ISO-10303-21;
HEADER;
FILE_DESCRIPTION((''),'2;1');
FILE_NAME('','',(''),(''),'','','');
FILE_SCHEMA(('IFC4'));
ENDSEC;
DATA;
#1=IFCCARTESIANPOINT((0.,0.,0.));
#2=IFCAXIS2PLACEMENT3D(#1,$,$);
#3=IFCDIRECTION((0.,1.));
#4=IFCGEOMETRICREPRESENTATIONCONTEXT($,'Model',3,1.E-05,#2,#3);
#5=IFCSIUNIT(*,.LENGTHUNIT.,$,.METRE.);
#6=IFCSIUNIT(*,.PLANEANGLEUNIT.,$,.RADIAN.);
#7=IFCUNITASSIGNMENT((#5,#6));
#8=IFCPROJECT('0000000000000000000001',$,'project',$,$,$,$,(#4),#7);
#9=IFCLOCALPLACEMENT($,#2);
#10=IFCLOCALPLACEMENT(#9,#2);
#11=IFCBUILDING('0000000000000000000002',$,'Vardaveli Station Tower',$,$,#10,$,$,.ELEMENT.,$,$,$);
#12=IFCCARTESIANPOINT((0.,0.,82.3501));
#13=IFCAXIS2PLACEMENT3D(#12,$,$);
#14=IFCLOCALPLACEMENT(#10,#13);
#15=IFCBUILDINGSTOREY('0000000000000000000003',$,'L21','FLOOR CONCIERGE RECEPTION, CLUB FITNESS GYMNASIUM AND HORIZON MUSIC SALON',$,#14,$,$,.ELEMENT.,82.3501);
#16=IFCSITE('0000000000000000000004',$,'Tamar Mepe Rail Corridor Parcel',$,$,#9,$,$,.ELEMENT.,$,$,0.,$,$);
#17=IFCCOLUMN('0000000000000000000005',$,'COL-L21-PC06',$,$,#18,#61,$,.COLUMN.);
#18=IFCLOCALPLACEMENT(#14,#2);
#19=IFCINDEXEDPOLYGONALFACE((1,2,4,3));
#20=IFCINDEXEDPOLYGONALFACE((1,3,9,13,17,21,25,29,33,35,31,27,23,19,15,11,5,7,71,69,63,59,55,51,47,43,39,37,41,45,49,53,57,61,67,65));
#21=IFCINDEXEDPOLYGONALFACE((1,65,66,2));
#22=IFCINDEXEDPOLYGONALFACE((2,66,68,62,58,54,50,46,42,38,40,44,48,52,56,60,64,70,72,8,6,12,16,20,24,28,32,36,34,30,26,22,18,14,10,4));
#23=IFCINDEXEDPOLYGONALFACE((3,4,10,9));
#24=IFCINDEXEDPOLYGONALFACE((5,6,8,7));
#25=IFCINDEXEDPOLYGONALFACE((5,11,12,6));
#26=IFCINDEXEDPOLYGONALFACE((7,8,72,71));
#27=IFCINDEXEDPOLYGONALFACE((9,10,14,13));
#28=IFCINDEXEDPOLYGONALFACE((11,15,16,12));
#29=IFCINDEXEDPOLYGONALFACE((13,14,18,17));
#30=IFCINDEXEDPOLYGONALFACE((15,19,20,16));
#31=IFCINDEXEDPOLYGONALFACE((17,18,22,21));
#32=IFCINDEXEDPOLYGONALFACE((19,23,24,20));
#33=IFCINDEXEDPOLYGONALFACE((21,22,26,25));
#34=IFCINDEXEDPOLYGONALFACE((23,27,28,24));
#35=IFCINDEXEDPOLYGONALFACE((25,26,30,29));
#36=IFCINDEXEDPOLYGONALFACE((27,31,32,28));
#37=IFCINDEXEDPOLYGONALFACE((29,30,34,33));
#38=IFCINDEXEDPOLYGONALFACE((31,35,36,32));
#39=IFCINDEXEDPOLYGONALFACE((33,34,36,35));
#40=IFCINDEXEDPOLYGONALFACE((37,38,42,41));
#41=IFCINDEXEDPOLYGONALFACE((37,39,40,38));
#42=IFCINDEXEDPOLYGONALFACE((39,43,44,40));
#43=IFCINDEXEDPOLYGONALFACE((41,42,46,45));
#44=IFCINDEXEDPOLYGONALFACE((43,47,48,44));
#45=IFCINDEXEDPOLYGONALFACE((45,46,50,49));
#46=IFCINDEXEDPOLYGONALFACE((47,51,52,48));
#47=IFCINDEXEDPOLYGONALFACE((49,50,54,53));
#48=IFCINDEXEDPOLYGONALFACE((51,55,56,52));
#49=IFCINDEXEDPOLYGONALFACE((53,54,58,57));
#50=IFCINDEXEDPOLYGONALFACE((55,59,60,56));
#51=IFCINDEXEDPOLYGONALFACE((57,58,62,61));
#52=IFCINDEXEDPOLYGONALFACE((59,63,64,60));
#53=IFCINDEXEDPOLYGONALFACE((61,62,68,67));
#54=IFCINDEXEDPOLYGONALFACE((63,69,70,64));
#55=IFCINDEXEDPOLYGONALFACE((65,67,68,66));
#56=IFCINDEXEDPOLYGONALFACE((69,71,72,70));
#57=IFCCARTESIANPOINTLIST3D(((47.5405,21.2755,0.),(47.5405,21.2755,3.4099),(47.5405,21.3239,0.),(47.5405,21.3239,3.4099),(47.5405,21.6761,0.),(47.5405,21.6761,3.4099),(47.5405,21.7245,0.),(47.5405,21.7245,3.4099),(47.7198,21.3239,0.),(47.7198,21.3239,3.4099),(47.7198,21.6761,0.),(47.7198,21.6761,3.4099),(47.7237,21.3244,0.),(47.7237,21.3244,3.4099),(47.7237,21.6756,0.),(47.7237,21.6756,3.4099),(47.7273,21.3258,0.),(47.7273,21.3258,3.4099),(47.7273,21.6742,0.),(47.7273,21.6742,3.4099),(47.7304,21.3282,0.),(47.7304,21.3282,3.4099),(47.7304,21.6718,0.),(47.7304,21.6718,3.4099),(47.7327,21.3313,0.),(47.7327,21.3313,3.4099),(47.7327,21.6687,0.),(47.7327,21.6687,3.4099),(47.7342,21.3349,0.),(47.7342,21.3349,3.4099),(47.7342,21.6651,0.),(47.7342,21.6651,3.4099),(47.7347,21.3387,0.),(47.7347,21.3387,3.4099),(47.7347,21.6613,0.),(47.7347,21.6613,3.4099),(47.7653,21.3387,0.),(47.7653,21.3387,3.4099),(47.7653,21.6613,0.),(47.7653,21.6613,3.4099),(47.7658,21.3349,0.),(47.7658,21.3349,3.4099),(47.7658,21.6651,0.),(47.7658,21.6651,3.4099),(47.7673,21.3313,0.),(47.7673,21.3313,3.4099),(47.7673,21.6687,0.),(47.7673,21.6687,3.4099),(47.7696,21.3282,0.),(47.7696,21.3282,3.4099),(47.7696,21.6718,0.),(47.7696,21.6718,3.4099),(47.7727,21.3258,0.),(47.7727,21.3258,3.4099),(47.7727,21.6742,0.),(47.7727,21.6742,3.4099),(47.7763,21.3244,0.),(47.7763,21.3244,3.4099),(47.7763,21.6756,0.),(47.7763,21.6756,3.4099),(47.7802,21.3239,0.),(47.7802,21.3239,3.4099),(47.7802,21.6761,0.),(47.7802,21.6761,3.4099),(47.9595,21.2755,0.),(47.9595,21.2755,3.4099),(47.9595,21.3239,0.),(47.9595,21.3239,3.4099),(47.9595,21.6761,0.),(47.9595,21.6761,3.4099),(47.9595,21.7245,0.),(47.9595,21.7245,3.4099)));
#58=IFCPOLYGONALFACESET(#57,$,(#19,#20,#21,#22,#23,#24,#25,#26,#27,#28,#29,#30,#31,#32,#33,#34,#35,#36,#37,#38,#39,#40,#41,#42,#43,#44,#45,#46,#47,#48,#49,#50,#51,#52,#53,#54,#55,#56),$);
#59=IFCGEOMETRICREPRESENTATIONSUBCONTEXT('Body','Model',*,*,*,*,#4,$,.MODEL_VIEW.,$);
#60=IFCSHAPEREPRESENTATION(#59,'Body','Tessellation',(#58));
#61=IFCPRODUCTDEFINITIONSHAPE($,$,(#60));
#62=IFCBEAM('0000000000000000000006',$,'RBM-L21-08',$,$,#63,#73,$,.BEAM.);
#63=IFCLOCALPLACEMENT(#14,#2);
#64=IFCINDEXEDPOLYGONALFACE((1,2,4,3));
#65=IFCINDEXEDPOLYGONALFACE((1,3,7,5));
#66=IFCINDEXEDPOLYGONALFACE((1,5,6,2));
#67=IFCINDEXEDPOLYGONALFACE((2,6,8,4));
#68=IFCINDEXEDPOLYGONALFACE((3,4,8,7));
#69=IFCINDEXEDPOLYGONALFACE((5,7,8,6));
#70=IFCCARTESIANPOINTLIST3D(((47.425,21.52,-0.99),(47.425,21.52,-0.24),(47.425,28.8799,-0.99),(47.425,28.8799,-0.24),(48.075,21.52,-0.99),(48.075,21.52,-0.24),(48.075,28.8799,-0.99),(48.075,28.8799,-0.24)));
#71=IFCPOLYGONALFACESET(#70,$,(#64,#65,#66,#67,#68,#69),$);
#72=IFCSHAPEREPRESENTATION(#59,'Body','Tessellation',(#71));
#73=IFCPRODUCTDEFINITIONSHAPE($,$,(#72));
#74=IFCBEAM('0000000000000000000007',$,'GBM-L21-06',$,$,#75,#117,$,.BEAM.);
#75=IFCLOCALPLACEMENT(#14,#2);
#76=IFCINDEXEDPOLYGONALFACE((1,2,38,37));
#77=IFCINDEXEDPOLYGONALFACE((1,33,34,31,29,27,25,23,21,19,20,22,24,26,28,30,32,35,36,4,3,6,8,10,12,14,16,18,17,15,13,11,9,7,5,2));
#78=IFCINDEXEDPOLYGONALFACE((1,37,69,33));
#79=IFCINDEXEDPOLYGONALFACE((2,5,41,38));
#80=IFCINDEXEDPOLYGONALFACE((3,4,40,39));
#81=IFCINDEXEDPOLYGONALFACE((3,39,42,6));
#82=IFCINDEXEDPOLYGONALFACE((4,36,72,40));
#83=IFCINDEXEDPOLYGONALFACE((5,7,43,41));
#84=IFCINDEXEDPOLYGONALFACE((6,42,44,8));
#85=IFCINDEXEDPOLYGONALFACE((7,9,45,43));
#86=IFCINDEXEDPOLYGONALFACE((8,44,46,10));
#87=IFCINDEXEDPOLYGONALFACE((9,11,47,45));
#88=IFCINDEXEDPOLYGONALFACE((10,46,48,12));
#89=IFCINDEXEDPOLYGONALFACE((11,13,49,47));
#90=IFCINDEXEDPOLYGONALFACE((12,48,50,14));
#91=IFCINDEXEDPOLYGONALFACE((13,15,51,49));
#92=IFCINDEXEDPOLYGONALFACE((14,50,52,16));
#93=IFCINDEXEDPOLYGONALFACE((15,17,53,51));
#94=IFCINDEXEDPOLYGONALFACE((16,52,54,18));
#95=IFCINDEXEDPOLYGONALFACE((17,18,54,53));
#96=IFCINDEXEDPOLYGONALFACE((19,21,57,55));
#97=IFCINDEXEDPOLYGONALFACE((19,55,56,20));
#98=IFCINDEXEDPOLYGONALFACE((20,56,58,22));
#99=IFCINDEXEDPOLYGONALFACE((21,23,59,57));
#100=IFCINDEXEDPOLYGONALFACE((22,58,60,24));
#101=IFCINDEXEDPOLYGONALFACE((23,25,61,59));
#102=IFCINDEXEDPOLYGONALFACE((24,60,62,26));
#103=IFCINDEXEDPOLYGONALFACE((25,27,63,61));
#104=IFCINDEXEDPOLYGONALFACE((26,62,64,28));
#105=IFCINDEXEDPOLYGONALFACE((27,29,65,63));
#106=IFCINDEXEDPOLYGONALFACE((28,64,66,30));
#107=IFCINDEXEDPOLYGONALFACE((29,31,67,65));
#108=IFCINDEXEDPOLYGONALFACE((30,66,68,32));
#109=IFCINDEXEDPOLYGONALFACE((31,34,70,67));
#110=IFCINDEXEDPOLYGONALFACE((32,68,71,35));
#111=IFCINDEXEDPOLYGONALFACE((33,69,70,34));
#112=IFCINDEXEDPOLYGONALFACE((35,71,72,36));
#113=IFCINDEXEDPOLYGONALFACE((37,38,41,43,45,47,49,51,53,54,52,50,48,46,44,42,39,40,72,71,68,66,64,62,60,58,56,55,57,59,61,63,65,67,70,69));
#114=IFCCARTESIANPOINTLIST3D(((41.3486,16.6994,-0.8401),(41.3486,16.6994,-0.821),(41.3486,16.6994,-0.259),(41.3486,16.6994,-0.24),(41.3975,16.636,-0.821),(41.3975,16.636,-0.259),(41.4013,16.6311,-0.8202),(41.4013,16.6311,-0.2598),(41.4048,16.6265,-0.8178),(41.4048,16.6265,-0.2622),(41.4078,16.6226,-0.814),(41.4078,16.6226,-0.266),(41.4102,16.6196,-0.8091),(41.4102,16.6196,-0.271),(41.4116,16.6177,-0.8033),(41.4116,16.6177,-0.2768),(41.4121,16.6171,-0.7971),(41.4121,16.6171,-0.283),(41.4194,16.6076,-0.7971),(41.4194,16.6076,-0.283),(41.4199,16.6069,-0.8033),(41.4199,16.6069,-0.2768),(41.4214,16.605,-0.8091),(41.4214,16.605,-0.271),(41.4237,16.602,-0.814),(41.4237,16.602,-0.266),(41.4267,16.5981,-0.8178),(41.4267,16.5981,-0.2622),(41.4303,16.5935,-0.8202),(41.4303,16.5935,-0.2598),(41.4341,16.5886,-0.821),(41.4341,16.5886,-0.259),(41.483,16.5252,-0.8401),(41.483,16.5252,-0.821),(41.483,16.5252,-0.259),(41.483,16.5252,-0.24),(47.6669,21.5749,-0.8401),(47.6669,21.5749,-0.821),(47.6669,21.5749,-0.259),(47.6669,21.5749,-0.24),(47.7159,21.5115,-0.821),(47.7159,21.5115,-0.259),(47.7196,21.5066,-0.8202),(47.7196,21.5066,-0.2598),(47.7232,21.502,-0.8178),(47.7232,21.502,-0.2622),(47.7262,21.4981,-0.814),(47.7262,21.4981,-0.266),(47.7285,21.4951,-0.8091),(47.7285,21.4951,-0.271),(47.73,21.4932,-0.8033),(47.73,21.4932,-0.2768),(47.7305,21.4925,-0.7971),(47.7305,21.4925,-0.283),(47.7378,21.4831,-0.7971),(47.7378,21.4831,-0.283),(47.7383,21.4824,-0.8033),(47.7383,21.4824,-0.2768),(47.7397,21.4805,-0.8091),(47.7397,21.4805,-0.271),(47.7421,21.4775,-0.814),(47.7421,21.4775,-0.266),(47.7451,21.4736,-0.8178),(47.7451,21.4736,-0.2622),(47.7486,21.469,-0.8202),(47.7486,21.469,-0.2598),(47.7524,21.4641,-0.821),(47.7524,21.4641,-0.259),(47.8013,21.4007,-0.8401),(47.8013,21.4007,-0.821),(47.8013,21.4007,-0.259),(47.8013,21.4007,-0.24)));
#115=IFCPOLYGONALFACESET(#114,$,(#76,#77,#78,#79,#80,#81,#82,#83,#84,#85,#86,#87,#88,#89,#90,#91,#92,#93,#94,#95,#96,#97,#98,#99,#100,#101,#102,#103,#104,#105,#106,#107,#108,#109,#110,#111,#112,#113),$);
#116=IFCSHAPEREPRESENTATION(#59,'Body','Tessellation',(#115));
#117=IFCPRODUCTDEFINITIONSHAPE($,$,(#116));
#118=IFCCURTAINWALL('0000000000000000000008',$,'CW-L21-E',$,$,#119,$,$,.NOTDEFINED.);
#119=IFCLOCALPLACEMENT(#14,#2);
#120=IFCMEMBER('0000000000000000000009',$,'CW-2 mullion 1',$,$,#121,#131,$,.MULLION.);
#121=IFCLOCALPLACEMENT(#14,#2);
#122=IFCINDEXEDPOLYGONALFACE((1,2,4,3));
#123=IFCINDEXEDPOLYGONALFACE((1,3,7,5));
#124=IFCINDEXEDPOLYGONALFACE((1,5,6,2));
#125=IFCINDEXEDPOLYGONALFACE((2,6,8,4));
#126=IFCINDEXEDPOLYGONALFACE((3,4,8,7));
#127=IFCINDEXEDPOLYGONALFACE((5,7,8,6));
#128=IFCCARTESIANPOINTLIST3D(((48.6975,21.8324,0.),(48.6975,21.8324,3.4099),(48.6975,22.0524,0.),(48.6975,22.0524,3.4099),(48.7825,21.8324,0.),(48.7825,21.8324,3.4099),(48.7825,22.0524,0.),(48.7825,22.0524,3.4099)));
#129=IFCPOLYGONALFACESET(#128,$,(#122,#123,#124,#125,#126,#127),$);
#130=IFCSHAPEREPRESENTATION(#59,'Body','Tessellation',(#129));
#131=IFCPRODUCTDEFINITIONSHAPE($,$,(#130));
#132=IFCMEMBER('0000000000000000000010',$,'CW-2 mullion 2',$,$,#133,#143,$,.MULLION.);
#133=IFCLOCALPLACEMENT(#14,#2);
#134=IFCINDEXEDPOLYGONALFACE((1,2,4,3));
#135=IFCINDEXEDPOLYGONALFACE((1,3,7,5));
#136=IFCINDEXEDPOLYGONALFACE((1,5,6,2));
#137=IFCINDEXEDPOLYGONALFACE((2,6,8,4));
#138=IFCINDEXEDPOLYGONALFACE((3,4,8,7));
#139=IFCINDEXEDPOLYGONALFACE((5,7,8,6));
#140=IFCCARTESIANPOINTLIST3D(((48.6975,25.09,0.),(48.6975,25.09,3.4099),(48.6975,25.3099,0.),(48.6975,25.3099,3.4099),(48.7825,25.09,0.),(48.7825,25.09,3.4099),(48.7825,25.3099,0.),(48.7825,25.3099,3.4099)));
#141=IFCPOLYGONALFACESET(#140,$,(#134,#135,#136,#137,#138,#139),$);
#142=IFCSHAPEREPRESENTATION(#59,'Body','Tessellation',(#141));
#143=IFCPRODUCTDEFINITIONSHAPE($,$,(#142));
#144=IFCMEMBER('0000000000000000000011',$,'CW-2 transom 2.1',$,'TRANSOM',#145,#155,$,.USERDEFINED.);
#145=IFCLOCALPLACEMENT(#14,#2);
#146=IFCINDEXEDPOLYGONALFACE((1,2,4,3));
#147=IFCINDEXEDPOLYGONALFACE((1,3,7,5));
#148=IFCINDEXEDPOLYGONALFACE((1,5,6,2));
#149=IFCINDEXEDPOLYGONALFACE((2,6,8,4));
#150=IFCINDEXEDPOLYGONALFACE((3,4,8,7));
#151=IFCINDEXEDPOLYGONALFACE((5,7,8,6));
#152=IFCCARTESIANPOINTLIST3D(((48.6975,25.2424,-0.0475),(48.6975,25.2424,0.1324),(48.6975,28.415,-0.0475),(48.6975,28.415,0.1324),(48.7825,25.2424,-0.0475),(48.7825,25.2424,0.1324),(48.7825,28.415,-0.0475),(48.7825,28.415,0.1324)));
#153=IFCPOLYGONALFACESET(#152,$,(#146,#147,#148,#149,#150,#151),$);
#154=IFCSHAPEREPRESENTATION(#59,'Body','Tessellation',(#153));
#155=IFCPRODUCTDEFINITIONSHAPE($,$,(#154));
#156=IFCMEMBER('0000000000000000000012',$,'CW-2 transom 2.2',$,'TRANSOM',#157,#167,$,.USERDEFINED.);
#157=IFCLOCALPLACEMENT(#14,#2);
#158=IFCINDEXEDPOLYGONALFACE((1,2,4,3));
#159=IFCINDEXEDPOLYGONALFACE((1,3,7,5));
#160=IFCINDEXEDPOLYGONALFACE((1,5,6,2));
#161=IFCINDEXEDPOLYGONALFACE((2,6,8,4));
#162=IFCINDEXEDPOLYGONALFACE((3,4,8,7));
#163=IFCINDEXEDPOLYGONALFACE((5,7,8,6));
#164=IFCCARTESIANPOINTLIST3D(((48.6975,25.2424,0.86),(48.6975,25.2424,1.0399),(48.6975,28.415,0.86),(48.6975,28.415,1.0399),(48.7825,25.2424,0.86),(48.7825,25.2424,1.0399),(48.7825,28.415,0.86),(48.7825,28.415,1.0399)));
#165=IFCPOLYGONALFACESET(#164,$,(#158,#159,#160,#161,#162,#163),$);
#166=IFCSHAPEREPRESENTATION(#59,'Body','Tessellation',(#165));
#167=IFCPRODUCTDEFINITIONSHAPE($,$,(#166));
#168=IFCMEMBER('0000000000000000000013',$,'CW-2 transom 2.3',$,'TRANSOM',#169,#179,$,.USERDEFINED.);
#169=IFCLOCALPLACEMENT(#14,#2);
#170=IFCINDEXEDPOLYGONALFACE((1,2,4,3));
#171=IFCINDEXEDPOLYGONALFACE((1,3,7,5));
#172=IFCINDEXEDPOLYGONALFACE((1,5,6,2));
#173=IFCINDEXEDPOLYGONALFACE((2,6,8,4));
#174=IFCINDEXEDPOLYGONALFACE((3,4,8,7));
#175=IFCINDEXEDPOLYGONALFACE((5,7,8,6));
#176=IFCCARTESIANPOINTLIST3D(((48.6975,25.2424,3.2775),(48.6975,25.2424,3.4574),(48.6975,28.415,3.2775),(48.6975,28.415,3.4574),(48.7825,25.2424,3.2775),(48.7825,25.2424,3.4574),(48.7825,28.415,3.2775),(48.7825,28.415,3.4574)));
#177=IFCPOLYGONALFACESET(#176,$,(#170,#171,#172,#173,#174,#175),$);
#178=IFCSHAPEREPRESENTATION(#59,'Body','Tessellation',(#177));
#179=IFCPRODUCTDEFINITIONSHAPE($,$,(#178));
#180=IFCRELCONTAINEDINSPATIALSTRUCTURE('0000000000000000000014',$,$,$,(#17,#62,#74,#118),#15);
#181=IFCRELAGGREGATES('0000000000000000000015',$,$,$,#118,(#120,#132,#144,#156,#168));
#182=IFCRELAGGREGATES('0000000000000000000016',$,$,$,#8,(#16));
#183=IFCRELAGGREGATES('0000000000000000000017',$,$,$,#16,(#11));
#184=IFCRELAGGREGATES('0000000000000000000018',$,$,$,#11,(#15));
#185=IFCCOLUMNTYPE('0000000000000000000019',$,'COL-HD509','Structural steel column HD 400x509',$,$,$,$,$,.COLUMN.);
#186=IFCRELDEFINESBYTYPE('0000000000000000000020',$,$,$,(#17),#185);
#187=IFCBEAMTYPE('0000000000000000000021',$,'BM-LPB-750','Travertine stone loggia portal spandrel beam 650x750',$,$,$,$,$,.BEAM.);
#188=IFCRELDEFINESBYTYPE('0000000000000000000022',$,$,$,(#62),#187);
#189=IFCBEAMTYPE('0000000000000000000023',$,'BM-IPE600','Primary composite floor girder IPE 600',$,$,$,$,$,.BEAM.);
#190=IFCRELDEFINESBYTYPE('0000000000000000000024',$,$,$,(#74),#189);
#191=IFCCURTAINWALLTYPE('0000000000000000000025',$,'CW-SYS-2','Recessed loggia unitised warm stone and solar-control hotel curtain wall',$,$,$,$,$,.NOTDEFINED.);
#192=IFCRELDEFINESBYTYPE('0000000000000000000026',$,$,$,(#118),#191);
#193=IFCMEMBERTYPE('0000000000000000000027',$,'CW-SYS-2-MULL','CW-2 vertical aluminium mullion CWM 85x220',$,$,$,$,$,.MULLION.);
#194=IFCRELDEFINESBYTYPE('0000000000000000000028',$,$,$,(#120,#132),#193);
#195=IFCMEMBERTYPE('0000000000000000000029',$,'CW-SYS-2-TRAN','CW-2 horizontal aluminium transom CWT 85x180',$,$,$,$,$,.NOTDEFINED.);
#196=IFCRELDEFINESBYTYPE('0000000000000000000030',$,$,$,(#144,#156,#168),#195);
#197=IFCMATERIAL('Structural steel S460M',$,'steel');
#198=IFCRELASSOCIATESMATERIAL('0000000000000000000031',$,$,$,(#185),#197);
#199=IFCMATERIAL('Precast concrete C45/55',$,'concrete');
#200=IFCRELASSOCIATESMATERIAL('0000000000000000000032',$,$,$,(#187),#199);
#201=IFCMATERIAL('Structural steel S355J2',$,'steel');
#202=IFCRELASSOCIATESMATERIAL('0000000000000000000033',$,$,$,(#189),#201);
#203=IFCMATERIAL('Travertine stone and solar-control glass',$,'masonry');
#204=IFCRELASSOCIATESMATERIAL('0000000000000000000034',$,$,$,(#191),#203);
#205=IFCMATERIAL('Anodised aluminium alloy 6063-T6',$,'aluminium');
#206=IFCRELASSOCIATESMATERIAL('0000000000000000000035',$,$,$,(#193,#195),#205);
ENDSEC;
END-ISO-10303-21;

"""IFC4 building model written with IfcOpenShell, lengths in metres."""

from ifc_helpers import new_model, si_unit, direction, frame, origin, origin_2d, place, context, subcontext, project, spatial, rectangle, i_section, extrude, source, transform, mapped, material, material_profile, profile_set, type_object, element, aggregate, save


model = new_model("IFC4")

# Units and contexts
model_context = context("Model", 3, precision=1e-05, world=origin(), true_north=direction((0.0, 1.0)))
body_context = subcontext(model_context, "Body", "Model", "MODEL_VIEW")
ifc_project = project(units=[si_unit("LENGTHUNIT", "METRE"), si_unit("PLANEANGLEUNIT", "RADIAN")], contexts=[model_context])

# Site, building, storey
site_placement = place(None, origin())
site = spatial("IfcSite", under=ifc_project, at=site_placement, Name="Tamar Mepe Rail Corridor Parcel", CompositionType="ELEMENT", RefElevation=0.0)
building_placement = place(site_placement, origin())
building = spatial("IfcBuilding", under=site, at=building_placement, Name="Vardaveli Station Tower", CompositionType="ELEMENT")
storey_placement = place(building_placement, frame((0.0, 0.0, 82.3501)))
storey = spatial("IfcBuildingStorey", under=building, at=storey_placement, Name="L21", Description="FLOOR CONCIERGE RECEPTION, CLUB FITNESS GYMNASIUM AND HORIZON MUSIC SALON", CompositionType="ELEMENT", Elevation=82.3501)

# Column
ifc_material_1 = material(Name="Structural steel S460M", Category="steel")
ifc_material_profile_1 = material_profile(ifc_material_1, i_section(OverallWidth=0.4189, OverallDepth=0.449, WebThickness=0.0305, FlangeThickness=0.0483, FilletRadius=0.0149, at=origin_2d()), Name="HD 400x509")
ifc_profile_set_1 = profile_set([ifc_material_profile_1], Name="Structural steel S460M")
column_type = type_object("IfcColumnType", Name="COL-HD509", Description="Structural steel column HD 400x509", PredefinedType="COLUMN", material=ifc_profile_set_1)
shared_shape_1 = source(origin(), body_context, "Body", "SweptSolid", [
    extrude(i_section(OverallWidth=0.4189, OverallDepth=0.449, WebThickness=0.0305, FlangeThickness=0.0483, FilletRadius=0.0149, at=origin_2d()), origin(), (0.0, 0.0, 1.0), 3.4099),
])
column_placement = place(storey_placement, frame((47.75, 21.5, 0.0), z_axis=(0.0, 0.0, 1.0), x_axis=(1.0, 0.0, 0.0)))
element("IfcColumn", 1, at=column_placement, inside=storey, type_object=column_type, Name="COL-L21-PC06", PredefinedType="COLUMN", context=body_context, shape_type="MappedRepresentation", body=[
    mapped(shared_shape_1, transform((0.0, 0.0, 0.0), scale=1.0)),
])

# Beams
ifc_material_2 = material(Name="Precast concrete C45/55", Category="concrete")
ifc_material_profile_2 = material_profile(ifc_material_2, rectangle(XDim=0.6499, YDim=0.75, at=origin_2d()), Name="LPB 650x750")
ifc_profile_set_2 = profile_set([ifc_material_profile_2], Name="Precast concrete C45/55")
beam_type_1 = type_object("IfcBeamType", Name="BM-LPB-750", Description="Travertine stone loggia portal spandrel beam 650x750", PredefinedType="BEAM", material=ifc_profile_set_2)
shared_shape_2 = source(origin(), body_context, "Body", "SweptSolid", [
    extrude(rectangle(XDim=0.6499, YDim=0.75, at=origin_2d()), origin(), (0.0, 0.0, 1.0), 7.3599),
])
beam_1_placement = place(storey_placement, frame((47.75, 21.52, -0.615), z_axis=(0.0, 1.0, 0.0), x_axis=(-1.0, 0.0, 0.0)))
element("IfcBeam", 2, at=beam_1_placement, inside=storey, type_object=beam_type_1, Name="RBM-L21-08", PredefinedType="BEAM", context=body_context, shape_type="MappedRepresentation", body=[
    mapped(shared_shape_2, transform((0.0, 0.0, 0.0), scale=1.0)),
])
ifc_material_3 = material(Name="Structural steel S355J2", Category="steel")
ifc_material_profile_3 = material_profile(ifc_material_3, i_section(OverallWidth=0.22, OverallDepth=0.6001, WebThickness=0.012, FlangeThickness=0.019, FilletRadius=0.0239, at=origin_2d()), Name="IPE 600")
ifc_profile_set_3 = profile_set([ifc_material_profile_3], Name="Structural steel S355J2")
beam_type_2 = type_object("IfcBeamType", Name="BM-IPE600", Description="Primary composite floor girder IPE 600", PredefinedType="BEAM", material=ifc_profile_set_3)
shared_shape_3 = source(origin(), body_context, "Body", "SweptSolid", [
    extrude(i_section(OverallWidth=0.22, OverallDepth=0.6001, WebThickness=0.012, FlangeThickness=0.019, FilletRadius=0.0239, at=origin_2d()), origin(), (0.0, 0.0, 1.0), 7.9807),
])
beam_2_placement = place(storey_placement, frame((47.7341, 21.4878, -0.54), z_axis=(-0.791702, -0.610908, 0.0), x_axis=(0.610908, -0.791702, 0.0)))
element("IfcBeam", 3, at=beam_2_placement, inside=storey, type_object=beam_type_2, Name="GBM-L21-06", PredefinedType="BEAM", context=body_context, shape_type="MappedRepresentation", body=[
    mapped(shared_shape_3, transform((0.0, 0.0, 0.0), scale=1.0)),
])

# Curtain wall, members
ifc_material_4 = material(Name="Travertine stone and solar-control glass", Category="masonry")
curtain_wall_type = type_object("IfcCurtainWallType", Name="CW-SYS-2", Description="Recessed loggia unitised warm stone and solar-control hotel curtain wall", PredefinedType="NOTDEFINED", material=ifc_material_4)
curtain_wall_placement = place(storey_placement, origin())
curtain_wall = element("IfcCurtainWall", 4, at=curtain_wall_placement, inside=storey, type_object=curtain_wall_type, Name="CW-L21-E", PredefinedType="NOTDEFINED")
ifc_material_5 = material(Name="Anodised aluminium alloy 6063-T6", Category="aluminium")
ifc_material_profile_4 = material_profile(ifc_material_5, rectangle(XDim=0.085, YDim=0.22, at=origin_2d()), Name="CWM 85x220")
ifc_profile_set_4 = profile_set([ifc_material_profile_4], Name="Anodised aluminium alloy 6063-T6")
member_type_1 = type_object("IfcMemberType", Name="CW-SYS-2-MULL", Description="CW-2 vertical aluminium mullion CWM 85x220", PredefinedType="MULLION", material=ifc_profile_set_4)
shared_shape_4 = source(origin(), body_context, "Body", "SweptSolid", [
    extrude(rectangle(XDim=0.085, YDim=0.22, at=origin_2d()), origin(), (0.0, 0.0, 1.0), 3.4099),
])
member_1_placement = place(storey_placement, frame((48.74, 21.9424, 0.0), z_axis=(0.0, 0.0, 1.0), x_axis=(-1.0, 0.0, 0.0)))
member_1 = element("IfcMember", 5, at=member_1_placement, type_object=member_type_1, Name="CW-2 mullion 1", PredefinedType="MULLION", context=body_context, shape_type="MappedRepresentation", body=[
    mapped(shared_shape_4, transform((0.0, 0.0, 0.0), scale=1.0)),
])
member_2_placement = place(storey_placement, frame((48.74, 25.2, 0.0), z_axis=(0.0, 0.0, 1.0), x_axis=(-1.0, 0.0, 0.0)))
member_2 = element("IfcMember", 6, at=member_2_placement, type_object=member_type_1, Name="CW-2 mullion 2", PredefinedType="MULLION", context=body_context, shape_type="MappedRepresentation", body=[
    mapped(shared_shape_4, transform((0.0, 0.0, 0.0), scale=1.0)),
])
ifc_material_profile_5 = material_profile(ifc_material_5, rectangle(XDim=0.085, YDim=0.1799, at=origin_2d()), Name="CWT 85x180")
ifc_profile_set_5 = profile_set([ifc_material_profile_5], Name="Anodised aluminium alloy 6063-T6")
member_type_2 = type_object("IfcMemberType", Name="CW-SYS-2-TRAN", Description="CW-2 horizontal aluminium transom CWT 85x180", PredefinedType="NOTDEFINED", material=ifc_profile_set_5)
shared_shape_5 = source(origin(), body_context, "Body", "SweptSolid", [
    extrude(rectangle(XDim=0.085, YDim=0.1799, at=origin_2d()), origin(), (0.0, 0.0, 1.0), 3.1726),
])
member_3_placement = place(storey_placement, frame((48.74, 25.2424, 0.0425), z_axis=(0.0, 1.0, 0.0), x_axis=(-1.0, 0.0, 0.0)))
member_3 = element("IfcMember", 7, at=member_3_placement, type_object=member_type_2, Name="CW-2 transom 2.1", ObjectType="TRANSOM", PredefinedType="USERDEFINED", context=body_context, shape_type="MappedRepresentation", body=[
    mapped(shared_shape_5, transform((0.0, 0.0, 0.0), scale=1.0)),
])
member_4_placement = place(storey_placement, frame((48.74, 25.2424, 0.95), z_axis=(0.0, 1.0, 0.0), x_axis=(-1.0, 0.0, 0.0)))
member_4 = element("IfcMember", 8, at=member_4_placement, type_object=member_type_2, Name="CW-2 transom 2.2", ObjectType="TRANSOM", PredefinedType="USERDEFINED", context=body_context, shape_type="MappedRepresentation", body=[
    mapped(shared_shape_5, transform((0.0, 0.0, 0.0), scale=1.0)),
])
member_5_placement = place(storey_placement, frame((48.74, 25.2424, 3.3674), z_axis=(0.0, 1.0, 0.0), x_axis=(-1.0, 0.0, 0.0)))
member_5 = element("IfcMember", 9, at=member_5_placement, type_object=member_type_2, Name="CW-2 transom 2.3", ObjectType="TRANSOM", PredefinedType="USERDEFINED", context=body_context, shape_type="MappedRepresentation", body=[
    mapped(shared_shape_5, transform((0.0, 0.0, 0.0), scale=1.0)),
])
aggregate(curtain_wall, [member_1, member_2, member_3, member_4, member_5])

save(model, "model.ifc")
